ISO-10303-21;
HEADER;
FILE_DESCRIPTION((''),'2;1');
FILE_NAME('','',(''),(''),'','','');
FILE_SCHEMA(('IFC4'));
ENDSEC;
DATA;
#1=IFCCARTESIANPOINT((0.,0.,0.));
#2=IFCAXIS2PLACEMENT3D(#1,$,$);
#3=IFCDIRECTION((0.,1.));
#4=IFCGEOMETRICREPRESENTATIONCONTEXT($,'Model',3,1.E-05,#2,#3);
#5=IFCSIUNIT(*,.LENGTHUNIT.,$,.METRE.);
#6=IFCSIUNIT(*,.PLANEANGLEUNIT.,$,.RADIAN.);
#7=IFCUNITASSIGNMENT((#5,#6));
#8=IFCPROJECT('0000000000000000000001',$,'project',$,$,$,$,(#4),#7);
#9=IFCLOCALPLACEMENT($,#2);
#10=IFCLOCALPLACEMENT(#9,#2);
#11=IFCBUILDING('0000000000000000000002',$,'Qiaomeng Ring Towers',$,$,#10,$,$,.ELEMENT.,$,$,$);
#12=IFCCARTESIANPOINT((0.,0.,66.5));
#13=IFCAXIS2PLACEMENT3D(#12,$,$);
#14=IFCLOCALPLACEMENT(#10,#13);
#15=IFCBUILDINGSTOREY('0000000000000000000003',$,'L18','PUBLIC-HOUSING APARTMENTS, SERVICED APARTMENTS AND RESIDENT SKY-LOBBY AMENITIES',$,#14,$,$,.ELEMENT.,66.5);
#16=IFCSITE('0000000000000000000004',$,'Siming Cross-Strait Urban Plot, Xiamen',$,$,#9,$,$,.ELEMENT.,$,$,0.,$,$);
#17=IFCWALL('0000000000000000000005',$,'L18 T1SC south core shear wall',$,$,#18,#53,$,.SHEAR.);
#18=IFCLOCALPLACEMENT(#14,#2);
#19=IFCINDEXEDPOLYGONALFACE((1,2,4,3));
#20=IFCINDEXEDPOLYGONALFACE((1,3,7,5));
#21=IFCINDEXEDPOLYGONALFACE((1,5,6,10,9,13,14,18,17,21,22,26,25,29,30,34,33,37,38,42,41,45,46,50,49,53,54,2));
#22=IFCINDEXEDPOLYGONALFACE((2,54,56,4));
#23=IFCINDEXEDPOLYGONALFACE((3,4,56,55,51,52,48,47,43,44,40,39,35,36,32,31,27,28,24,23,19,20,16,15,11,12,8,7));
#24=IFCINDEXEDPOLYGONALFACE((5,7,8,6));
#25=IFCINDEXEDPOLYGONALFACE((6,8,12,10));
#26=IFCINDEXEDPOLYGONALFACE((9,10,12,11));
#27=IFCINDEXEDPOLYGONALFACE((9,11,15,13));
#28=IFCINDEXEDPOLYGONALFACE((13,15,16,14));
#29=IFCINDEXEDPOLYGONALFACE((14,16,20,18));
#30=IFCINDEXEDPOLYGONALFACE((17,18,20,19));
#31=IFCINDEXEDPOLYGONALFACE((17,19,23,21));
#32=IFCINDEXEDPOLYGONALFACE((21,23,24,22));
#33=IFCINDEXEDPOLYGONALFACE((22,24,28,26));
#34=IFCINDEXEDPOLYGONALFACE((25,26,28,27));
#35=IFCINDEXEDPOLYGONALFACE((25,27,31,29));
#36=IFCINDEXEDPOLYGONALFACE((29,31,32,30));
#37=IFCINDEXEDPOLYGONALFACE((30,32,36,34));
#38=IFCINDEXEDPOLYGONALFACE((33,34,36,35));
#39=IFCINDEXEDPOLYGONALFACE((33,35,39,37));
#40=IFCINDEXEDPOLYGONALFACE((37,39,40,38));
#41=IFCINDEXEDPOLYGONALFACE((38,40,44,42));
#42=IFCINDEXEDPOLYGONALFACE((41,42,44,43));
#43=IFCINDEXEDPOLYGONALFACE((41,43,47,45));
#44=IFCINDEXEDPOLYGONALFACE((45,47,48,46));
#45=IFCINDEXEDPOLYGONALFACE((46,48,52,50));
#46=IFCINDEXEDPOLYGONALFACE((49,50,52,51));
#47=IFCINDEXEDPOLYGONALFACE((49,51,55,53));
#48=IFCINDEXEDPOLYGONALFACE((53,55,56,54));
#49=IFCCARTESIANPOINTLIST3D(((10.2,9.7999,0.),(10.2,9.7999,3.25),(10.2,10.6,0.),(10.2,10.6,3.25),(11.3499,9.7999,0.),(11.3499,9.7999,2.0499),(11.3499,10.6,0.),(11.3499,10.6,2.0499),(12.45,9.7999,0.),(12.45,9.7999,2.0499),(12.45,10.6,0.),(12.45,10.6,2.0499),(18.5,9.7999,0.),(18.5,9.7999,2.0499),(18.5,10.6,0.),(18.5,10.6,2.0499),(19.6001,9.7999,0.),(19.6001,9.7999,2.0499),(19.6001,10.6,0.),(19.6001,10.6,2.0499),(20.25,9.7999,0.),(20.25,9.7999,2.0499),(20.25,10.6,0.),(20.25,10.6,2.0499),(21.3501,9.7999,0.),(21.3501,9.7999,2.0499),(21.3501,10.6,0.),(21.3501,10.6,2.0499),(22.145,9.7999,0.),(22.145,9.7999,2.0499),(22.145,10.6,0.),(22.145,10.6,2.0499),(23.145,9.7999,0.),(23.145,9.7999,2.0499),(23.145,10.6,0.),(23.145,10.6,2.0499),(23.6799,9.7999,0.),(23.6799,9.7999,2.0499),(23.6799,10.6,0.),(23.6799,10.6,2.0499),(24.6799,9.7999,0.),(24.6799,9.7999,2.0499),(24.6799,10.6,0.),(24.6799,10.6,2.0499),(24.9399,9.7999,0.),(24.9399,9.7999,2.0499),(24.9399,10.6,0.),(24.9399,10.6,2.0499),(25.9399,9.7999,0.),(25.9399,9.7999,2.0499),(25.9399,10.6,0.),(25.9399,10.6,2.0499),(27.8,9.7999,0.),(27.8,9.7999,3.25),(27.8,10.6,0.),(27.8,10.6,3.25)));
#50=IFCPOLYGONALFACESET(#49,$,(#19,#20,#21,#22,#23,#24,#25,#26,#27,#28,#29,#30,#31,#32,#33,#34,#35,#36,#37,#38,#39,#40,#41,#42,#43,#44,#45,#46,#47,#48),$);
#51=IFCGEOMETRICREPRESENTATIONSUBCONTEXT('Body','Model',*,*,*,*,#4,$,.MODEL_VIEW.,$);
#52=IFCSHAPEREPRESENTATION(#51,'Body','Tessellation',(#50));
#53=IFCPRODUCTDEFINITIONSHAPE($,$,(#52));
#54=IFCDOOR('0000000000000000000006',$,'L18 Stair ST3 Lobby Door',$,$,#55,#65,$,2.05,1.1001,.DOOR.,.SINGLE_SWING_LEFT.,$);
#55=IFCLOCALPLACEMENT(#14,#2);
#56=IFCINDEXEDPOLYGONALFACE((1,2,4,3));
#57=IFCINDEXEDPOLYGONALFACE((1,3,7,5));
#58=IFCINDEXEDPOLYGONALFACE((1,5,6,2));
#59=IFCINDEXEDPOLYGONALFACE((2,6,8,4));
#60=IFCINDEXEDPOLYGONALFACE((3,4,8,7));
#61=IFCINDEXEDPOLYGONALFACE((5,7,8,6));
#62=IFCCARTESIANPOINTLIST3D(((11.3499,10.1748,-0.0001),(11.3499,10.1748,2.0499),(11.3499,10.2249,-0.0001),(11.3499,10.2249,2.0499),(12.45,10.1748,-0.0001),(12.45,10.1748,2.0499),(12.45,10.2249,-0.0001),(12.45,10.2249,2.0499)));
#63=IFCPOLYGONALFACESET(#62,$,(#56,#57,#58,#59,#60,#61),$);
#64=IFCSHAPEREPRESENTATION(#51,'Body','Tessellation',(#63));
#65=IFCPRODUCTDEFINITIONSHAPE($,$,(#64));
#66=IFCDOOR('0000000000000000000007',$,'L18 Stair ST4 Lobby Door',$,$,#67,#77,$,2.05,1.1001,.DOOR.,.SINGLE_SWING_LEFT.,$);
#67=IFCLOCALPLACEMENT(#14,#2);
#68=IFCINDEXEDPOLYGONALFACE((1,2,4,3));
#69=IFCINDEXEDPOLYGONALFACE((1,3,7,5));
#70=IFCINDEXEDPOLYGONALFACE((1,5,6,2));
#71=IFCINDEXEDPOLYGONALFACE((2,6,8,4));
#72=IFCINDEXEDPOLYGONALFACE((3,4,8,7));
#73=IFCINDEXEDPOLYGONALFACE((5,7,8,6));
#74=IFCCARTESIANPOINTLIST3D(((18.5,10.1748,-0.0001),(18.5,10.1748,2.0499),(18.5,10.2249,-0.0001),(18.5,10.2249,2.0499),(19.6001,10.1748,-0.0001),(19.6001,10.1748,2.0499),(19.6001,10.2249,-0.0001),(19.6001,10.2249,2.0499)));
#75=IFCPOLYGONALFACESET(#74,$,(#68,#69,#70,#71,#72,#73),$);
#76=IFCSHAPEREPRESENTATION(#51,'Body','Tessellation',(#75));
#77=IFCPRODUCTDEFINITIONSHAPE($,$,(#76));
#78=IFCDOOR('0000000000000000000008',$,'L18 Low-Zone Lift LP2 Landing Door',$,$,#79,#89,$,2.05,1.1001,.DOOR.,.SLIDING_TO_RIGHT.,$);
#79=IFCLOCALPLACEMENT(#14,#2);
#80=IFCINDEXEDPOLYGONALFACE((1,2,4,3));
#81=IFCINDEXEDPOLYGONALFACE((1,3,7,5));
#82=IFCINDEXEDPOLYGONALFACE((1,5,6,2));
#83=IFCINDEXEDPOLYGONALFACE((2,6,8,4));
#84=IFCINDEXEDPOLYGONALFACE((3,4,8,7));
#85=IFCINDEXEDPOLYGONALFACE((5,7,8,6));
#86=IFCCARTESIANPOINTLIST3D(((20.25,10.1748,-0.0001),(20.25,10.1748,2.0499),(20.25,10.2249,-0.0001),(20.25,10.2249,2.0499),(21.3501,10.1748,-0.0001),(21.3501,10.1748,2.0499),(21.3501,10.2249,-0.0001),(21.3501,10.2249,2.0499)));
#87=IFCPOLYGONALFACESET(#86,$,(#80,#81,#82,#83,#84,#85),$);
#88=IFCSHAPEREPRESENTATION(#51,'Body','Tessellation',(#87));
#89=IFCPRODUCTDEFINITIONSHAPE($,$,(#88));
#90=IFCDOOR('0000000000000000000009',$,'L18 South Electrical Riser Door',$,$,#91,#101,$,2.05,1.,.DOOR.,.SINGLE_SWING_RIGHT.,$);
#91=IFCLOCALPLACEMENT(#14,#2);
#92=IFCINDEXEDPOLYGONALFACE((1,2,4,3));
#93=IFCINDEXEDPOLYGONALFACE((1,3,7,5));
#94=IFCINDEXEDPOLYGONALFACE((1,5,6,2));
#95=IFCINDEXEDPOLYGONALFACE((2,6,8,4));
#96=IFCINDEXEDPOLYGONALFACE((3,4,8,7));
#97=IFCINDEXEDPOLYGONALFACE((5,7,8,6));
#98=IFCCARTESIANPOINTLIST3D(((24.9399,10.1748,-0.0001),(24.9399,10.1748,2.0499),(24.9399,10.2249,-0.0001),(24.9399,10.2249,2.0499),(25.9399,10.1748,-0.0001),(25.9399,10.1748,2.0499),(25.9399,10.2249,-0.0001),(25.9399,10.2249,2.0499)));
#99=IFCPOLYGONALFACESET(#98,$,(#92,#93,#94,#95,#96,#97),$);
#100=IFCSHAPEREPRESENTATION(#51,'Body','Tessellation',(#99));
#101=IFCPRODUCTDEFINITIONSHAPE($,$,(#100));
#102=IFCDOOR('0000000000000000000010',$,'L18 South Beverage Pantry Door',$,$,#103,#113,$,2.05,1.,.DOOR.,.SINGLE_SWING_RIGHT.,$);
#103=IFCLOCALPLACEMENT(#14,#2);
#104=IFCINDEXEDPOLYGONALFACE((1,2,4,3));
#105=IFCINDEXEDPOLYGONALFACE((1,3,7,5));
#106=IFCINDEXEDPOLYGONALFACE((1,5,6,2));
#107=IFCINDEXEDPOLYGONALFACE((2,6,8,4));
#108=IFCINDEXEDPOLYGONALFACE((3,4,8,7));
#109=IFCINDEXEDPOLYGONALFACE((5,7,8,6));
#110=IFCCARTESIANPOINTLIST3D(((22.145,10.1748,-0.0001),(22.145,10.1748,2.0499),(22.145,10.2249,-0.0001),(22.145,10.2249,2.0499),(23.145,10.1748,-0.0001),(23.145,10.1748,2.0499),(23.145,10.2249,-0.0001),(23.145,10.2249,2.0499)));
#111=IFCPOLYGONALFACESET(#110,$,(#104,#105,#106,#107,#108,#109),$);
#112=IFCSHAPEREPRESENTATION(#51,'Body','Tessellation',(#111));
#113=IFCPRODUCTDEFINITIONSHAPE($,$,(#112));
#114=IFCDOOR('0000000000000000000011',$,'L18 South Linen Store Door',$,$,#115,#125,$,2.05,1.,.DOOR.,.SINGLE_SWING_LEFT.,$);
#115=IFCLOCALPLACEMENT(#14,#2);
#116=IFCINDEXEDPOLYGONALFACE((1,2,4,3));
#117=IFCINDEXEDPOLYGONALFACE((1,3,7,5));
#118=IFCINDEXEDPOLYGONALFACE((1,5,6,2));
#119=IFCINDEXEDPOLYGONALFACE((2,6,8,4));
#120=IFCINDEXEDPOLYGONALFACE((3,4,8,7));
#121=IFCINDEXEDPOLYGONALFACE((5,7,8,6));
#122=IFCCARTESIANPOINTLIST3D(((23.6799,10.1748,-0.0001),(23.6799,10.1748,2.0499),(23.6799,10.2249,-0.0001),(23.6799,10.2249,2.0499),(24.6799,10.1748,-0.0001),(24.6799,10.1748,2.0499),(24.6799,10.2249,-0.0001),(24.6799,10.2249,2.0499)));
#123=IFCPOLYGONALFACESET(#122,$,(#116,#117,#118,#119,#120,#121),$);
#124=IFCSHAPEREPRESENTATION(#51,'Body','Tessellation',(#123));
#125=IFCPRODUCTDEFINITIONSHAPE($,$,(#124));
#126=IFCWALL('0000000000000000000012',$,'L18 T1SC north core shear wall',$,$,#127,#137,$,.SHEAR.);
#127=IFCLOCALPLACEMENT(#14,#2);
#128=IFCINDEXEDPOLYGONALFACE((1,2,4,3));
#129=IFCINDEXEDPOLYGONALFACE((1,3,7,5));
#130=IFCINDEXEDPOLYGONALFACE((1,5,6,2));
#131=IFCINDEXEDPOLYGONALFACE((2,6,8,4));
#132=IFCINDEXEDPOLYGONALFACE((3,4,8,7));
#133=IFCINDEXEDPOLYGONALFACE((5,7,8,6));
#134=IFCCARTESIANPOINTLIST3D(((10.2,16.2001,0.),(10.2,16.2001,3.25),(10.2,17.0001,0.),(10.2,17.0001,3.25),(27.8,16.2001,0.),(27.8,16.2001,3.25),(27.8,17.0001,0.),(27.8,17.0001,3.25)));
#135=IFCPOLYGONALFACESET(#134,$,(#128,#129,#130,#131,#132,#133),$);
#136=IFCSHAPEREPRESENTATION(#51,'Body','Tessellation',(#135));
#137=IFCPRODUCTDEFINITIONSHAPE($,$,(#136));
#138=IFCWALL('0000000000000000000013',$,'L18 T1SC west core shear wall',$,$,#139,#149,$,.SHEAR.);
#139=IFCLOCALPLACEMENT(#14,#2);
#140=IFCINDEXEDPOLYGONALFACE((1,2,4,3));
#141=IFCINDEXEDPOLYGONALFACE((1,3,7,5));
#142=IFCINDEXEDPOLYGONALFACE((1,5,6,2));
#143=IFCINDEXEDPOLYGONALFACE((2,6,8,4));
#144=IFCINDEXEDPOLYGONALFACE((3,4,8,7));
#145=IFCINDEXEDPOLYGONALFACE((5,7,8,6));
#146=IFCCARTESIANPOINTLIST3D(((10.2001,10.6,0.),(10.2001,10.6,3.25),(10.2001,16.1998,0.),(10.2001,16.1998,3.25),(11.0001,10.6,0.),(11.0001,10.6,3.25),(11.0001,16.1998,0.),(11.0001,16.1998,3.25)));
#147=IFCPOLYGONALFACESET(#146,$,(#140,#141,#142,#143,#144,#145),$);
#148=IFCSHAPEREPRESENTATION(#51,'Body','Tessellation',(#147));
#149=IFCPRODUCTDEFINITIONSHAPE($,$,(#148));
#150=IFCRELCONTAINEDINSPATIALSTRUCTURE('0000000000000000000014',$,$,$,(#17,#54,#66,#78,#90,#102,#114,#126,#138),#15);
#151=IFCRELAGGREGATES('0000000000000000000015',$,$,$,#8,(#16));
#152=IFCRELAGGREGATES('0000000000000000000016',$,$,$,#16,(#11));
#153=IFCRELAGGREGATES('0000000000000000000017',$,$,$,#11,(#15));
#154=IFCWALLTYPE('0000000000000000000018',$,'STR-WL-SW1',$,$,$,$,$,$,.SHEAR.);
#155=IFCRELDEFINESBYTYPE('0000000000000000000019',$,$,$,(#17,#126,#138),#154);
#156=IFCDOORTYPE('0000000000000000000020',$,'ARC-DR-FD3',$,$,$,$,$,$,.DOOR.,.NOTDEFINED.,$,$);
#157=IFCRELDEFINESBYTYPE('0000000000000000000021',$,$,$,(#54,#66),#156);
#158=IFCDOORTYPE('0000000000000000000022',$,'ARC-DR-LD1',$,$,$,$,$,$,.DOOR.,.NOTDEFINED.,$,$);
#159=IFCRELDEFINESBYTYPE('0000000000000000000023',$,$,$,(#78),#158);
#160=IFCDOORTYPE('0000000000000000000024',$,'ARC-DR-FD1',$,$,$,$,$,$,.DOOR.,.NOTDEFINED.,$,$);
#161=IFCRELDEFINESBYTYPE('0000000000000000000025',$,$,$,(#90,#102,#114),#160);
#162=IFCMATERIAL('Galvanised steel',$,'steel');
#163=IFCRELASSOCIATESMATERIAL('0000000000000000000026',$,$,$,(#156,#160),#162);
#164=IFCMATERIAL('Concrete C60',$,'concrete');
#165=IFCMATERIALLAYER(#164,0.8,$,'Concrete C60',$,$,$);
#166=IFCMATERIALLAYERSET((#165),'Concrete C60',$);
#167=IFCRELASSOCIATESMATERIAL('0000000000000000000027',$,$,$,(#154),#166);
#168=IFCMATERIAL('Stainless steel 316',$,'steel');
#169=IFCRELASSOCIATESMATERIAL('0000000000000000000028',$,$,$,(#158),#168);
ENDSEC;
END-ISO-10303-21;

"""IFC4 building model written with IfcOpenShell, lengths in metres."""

from ifc_helpers import new_model, si_unit, direction, frame, frame_2d, origin, place, context, subcontext, project, spatial, rectangle, extrude, source, transform, mapped, material, layer, layer_set, type_object, element, fill, save


model = new_model("IFC4")

# Units and contexts
model_context = context("Model", 3, precision=1e-05, world=origin(), true_north=direction((0.0, 1.0)))
body_context = subcontext(model_context, "Body", "Model", "MODEL_VIEW")
ifc_project = project(units=[si_unit("LENGTHUNIT", "METRE"), si_unit("PLANEANGLEUNIT", "RADIAN")], contexts=[model_context])

# Site, building, storey
site_placement = place(None, origin())
site = spatial("IfcSite", under=ifc_project, at=site_placement, Name="Siming Cross-Strait Urban Plot, Xiamen", CompositionType="ELEMENT", RefElevation=0.0)
building_placement = place(site_placement, origin())
building = spatial("IfcBuilding", under=site, at=building_placement, Name="Qiaomeng Ring Towers", CompositionType="ELEMENT")
storey_placement = place(building_placement, frame((0.0, 0.0, 66.5)))
storey = spatial("IfcBuildingStorey", under=building, at=storey_placement, Name="L18", Description="PUBLIC-HOUSING APARTMENTS, SERVICED APARTMENTS AND RESIDENT SKY-LOBBY AMENITIES", CompositionType="ELEMENT", Elevation=66.5)

# Shared definitions
shared_shape_1 = source(origin(), body_context, "Body", "SweptSolid", [
    extrude(rectangle(XDim=1.0, YDim=2.05, at=frame_2d((0.5, 1.0249))), frame((0.0, 0.0249, 0.0), z_axis=(0.0, -1.0, 0.0), x_axis=(1.0, 0.0, 0.0)), (0.0, 0.0, 1.0), 0.05),
])

# Shared definitions
ifc_material_1 = material(Name="Galvanised steel", Category="steel")
door_type_1 = type_object("IfcDoorType", Name="ARC-DR-FD3", OperationType="NOTDEFINED", PredefinedType="DOOR", material=ifc_material_1)
shared_shape_2 = source(origin(), body_context, "Body", "SweptSolid", [
    extrude(rectangle(XDim=1.1001, YDim=2.05, at=frame_2d((0.55, 1.0249))), frame((0.0, 0.0249, 0.0), z_axis=(0.0, -1.0, 0.0), x_axis=(1.0, 0.0, 0.0)), (0.0, 0.0, 1.0), 0.05),
])

# Wall, openings, doors
ifc_material_2 = material(Name="Concrete C60", Category="concrete")
ifc_layer_1 = layer(ifc_material_2, 0.8, Name="Concrete C60")
ifc_layer_set_1 = layer_set([ifc_layer_1], Name="Concrete C60")
wall_type_1 = type_object("IfcWallType", Name="STR-WL-SW1", PredefinedType="SHEAR", material=ifc_layer_set_1)
wall_1_placement = place(storey_placement, frame((10.2, 10.2, 0.0), z_axis=(0.0, 0.0, 1.0), x_axis=(1.0, 0.0, 0.0)))
wall_1 = element("IfcWall", 1, at=wall_1_placement, inside=storey, type_object=wall_type_1, Name="L18 T1SC south core shear wall", PredefinedType="SHEAR", context=body_context, shape_type="SweptSolid", body=[
    extrude(rectangle(XDim=17.6001, YDim=0.8, at=frame_2d((8.8, 0.0))), origin(), (0.0, 0.0, 1.0), 3.25),
])
opening_1_placement = place(wall_1_placement, frame((1.1499, 0.0, 0.0)))
opening_1 = element("IfcOpeningElement", 2, at=opening_1_placement, cuts=wall_1, PredefinedType="OPENING", context=body_context, shape_type="SweptSolid", body=[
    extrude(rectangle(XDim=1.1001, YDim=2.05, at=frame_2d((0.55, 1.0249))), frame((0.0, 0.4099, 0.0), z_axis=(0.0, -1.0, 0.0), x_axis=(1.0, 0.0, 0.0)), (0.0, 0.0, 1.0), 0.8201),
])
opening_2_placement = place(wall_1_placement, frame((8.3, 0.0, 0.0)))
opening_2 = element("IfcOpeningElement", 3, at=opening_2_placement, cuts=wall_1, PredefinedType="OPENING", context=body_context, shape_type="SweptSolid", body=[
    extrude(rectangle(XDim=1.1001, YDim=2.05, at=frame_2d((0.55, 1.0249))), frame((0.0, 0.4099, 0.0), z_axis=(0.0, -1.0, 0.0), x_axis=(1.0, 0.0, 0.0)), (0.0, 0.0, 1.0), 0.8201),
])
opening_3_placement = place(wall_1_placement, frame((10.05, 0.0, 0.0)))
opening_3 = element("IfcOpeningElement", 4, at=opening_3_placement, cuts=wall_1, PredefinedType="OPENING", context=body_context, shape_type="SweptSolid", body=[
    extrude(rectangle(XDim=1.1001, YDim=2.05, at=frame_2d((0.55, 1.0249))), frame((0.0, 0.4099, 0.0), z_axis=(0.0, -1.0, 0.0), x_axis=(1.0, 0.0, 0.0)), (0.0, 0.0, 1.0), 0.8201),
])
opening_4_placement = place(wall_1_placement, frame((14.74, 0.0, 0.0)))
opening_4 = element("IfcOpeningElement", 5, at=opening_4_placement, cuts=wall_1, PredefinedType="OPENING", context=body_context, shape_type="SweptSolid", body=[
    extrude(rectangle(XDim=1.0, YDim=2.05, at=frame_2d((0.5, 1.0249))), frame((0.0, 0.4099, 0.0), z_axis=(0.0, -1.0, 0.0), x_axis=(1.0, 0.0, 0.0)), (0.0, 0.0, 1.0), 0.8201),
])
opening_5_placement = place(wall_1_placement, frame((11.9451, 0.0, 0.0)))
opening_5 = element("IfcOpeningElement", 6, at=opening_5_placement, cuts=wall_1, PredefinedType="OPENING", context=body_context, shape_type="SweptSolid", body=[
    extrude(rectangle(XDim=1.0, YDim=2.05, at=frame_2d((0.5, 1.0249))), frame((0.0, 0.4099, 0.0), z_axis=(0.0, -1.0, 0.0), x_axis=(1.0, 0.0, 0.0)), (0.0, 0.0, 1.0), 0.8201),
])
opening_6_placement = place(wall_1_placement, frame((13.48, 0.0, 0.0)))
opening_6 = element("IfcOpeningElement", 7, at=opening_6_placement, cuts=wall_1, PredefinedType="OPENING", context=body_context, shape_type="SweptSolid", body=[
    extrude(rectangle(XDim=1.0, YDim=2.05, at=frame_2d((0.5, 1.0249))), frame((0.0, 0.4099, 0.0), z_axis=(0.0, -1.0, 0.0), x_axis=(1.0, 0.0, 0.0)), (0.0, 0.0, 1.0), 0.8201),
])
door_1_placement = place(opening_1_placement, origin())
door_1 = element("IfcDoor", 8, at=door_1_placement, inside=storey, type_object=door_type_1, Name="L18 Stair ST3 Lobby Door", OperationType="SINGLE_SWING_LEFT", OverallHeight=2.05, OverallWidth=1.1001, PredefinedType="DOOR", context=body_context, shape_type="MappedRepresentation", body=[
    mapped(shared_shape_2, transform((0.0, 0.0, 0.0), x_axis=(1.0, 0.0, 0.0), y_axis=(0.0, 1.0, 0.0), z_axis=(0.0, 0.0, 1.0), scale=1.0)),
])
fill(opening_1, door_1)
door_2_placement = place(opening_2_placement, origin())
door_2 = element("IfcDoor", 9, at=door_2_placement, inside=storey, type_object=door_type_1, Name="L18 Stair ST4 Lobby Door", OperationType="SINGLE_SWING_LEFT", OverallHeight=2.05, OverallWidth=1.1001, PredefinedType="DOOR", context=body_context, shape_type="MappedRepresentation", body=[
    mapped(shared_shape_2, transform((0.0, 0.0, 0.0), x_axis=(1.0, 0.0, 0.0), y_axis=(0.0, 1.0, 0.0), z_axis=(0.0, 0.0, 1.0), scale=1.0)),
])
fill(opening_2, door_2)
ifc_material_3 = material(Name="Stainless steel 316", Category="steel")
door_type_2 = type_object("IfcDoorType", Name="ARC-DR-LD1", OperationType="NOTDEFINED", PredefinedType="DOOR", material=ifc_material_3)
door_3_placement = place(opening_3_placement, origin())
door_3 = element("IfcDoor", 10, at=door_3_placement, inside=storey, type_object=door_type_2, Name="L18 Low-Zone Lift LP2 Landing Door", OperationType="SLIDING_TO_RIGHT", OverallHeight=2.05, OverallWidth=1.1001, PredefinedType="DOOR", context=body_context, shape_type="MappedRepresentation", body=[
    mapped(shared_shape_2, transform((0.0, 0.0, 0.0), x_axis=(1.0, 0.0, 0.0), y_axis=(0.0, 1.0, 0.0), z_axis=(0.0, 0.0, 1.0), scale=1.0)),
])
fill(opening_3, door_3)
door_type_3 = type_object("IfcDoorType", Name="ARC-DR-FD1", OperationType="NOTDEFINED", PredefinedType="DOOR", material=ifc_material_1)
door_4_placement = place(opening_4_placement, origin())
door_4 = element("IfcDoor", 11, at=door_4_placement, inside=storey, type_object=door_type_3, Name="L18 South Electrical Riser Door", OperationType="SINGLE_SWING_RIGHT", OverallHeight=2.05, OverallWidth=1.0, PredefinedType="DOOR", context=body_context, shape_type="MappedRepresentation", body=[
    mapped(shared_shape_1, transform((0.0, 0.0, 0.0), x_axis=(1.0, 0.0, 0.0), y_axis=(0.0, 1.0, 0.0), z_axis=(0.0, 0.0, 1.0), scale=1.0)),
])
fill(opening_4, door_4)
door_5_placement = place(opening_5_placement, origin())
door_5 = element("IfcDoor", 12, at=door_5_placement, inside=storey, type_object=door_type_3, Name="L18 South Beverage Pantry Door", OperationType="SINGLE_SWING_RIGHT", OverallHeight=2.05, OverallWidth=1.0, PredefinedType="DOOR", context=body_context, shape_type="MappedRepresentation", body=[
    mapped(shared_shape_1, transform((0.0, 0.0, 0.0), x_axis=(1.0, 0.0, 0.0), y_axis=(0.0, 1.0, 0.0), z_axis=(0.0, 0.0, 1.0), scale=1.0)),
])
fill(opening_5, door_5)
door_6_placement = place(opening_6_placement, origin())
door_6 = element("IfcDoor", 13, at=door_6_placement, inside=storey, type_object=door_type_3, Name="L18 South Linen Store Door", OperationType="SINGLE_SWING_LEFT", OverallHeight=2.05, OverallWidth=1.0, PredefinedType="DOOR", context=body_context, shape_type="MappedRepresentation", body=[
    mapped(shared_shape_1, transform((0.0, 0.0, 0.0), x_axis=(1.0, 0.0, 0.0), y_axis=(0.0, 1.0, 0.0), z_axis=(0.0, 0.0, 1.0), scale=1.0)),
])
fill(opening_6, door_6)

# Walls
wall_2_placement = place(storey_placement, frame((10.2, 16.6001, 0.0), z_axis=(0.0, 0.0, 1.0), x_axis=(1.0, 0.0, 0.0)))
element("IfcWall", 14, at=wall_2_placement, inside=storey, type_object=wall_type_1, Name="L18 T1SC north core shear wall", PredefinedType="SHEAR", context=body_context, shape_type="SweptSolid", body=[
    extrude(rectangle(XDim=17.6001, YDim=0.8, at=frame_2d((8.8, 0.0))), origin(), (0.0, 0.0, 1.0), 3.25),
])
wall_3_placement = place(storey_placement, frame((10.6001, 10.6001, 0.0), z_axis=(0.0, 0.0, 1.0), x_axis=(0.0, 1.0, 0.0)))
element("IfcWall", 15, at=wall_3_placement, inside=storey, type_object=wall_type_1, Name="L18 T1SC west core shear wall", PredefinedType="SHEAR", context=body_context, shape_type="SweptSolid", body=[
    extrude(rectangle(XDim=5.5999, YDim=0.8, at=frame_2d((2.7998, 0.0))), origin(), (0.0, 0.0, 1.0), 3.25),
])

save(model, "model.ifc")
